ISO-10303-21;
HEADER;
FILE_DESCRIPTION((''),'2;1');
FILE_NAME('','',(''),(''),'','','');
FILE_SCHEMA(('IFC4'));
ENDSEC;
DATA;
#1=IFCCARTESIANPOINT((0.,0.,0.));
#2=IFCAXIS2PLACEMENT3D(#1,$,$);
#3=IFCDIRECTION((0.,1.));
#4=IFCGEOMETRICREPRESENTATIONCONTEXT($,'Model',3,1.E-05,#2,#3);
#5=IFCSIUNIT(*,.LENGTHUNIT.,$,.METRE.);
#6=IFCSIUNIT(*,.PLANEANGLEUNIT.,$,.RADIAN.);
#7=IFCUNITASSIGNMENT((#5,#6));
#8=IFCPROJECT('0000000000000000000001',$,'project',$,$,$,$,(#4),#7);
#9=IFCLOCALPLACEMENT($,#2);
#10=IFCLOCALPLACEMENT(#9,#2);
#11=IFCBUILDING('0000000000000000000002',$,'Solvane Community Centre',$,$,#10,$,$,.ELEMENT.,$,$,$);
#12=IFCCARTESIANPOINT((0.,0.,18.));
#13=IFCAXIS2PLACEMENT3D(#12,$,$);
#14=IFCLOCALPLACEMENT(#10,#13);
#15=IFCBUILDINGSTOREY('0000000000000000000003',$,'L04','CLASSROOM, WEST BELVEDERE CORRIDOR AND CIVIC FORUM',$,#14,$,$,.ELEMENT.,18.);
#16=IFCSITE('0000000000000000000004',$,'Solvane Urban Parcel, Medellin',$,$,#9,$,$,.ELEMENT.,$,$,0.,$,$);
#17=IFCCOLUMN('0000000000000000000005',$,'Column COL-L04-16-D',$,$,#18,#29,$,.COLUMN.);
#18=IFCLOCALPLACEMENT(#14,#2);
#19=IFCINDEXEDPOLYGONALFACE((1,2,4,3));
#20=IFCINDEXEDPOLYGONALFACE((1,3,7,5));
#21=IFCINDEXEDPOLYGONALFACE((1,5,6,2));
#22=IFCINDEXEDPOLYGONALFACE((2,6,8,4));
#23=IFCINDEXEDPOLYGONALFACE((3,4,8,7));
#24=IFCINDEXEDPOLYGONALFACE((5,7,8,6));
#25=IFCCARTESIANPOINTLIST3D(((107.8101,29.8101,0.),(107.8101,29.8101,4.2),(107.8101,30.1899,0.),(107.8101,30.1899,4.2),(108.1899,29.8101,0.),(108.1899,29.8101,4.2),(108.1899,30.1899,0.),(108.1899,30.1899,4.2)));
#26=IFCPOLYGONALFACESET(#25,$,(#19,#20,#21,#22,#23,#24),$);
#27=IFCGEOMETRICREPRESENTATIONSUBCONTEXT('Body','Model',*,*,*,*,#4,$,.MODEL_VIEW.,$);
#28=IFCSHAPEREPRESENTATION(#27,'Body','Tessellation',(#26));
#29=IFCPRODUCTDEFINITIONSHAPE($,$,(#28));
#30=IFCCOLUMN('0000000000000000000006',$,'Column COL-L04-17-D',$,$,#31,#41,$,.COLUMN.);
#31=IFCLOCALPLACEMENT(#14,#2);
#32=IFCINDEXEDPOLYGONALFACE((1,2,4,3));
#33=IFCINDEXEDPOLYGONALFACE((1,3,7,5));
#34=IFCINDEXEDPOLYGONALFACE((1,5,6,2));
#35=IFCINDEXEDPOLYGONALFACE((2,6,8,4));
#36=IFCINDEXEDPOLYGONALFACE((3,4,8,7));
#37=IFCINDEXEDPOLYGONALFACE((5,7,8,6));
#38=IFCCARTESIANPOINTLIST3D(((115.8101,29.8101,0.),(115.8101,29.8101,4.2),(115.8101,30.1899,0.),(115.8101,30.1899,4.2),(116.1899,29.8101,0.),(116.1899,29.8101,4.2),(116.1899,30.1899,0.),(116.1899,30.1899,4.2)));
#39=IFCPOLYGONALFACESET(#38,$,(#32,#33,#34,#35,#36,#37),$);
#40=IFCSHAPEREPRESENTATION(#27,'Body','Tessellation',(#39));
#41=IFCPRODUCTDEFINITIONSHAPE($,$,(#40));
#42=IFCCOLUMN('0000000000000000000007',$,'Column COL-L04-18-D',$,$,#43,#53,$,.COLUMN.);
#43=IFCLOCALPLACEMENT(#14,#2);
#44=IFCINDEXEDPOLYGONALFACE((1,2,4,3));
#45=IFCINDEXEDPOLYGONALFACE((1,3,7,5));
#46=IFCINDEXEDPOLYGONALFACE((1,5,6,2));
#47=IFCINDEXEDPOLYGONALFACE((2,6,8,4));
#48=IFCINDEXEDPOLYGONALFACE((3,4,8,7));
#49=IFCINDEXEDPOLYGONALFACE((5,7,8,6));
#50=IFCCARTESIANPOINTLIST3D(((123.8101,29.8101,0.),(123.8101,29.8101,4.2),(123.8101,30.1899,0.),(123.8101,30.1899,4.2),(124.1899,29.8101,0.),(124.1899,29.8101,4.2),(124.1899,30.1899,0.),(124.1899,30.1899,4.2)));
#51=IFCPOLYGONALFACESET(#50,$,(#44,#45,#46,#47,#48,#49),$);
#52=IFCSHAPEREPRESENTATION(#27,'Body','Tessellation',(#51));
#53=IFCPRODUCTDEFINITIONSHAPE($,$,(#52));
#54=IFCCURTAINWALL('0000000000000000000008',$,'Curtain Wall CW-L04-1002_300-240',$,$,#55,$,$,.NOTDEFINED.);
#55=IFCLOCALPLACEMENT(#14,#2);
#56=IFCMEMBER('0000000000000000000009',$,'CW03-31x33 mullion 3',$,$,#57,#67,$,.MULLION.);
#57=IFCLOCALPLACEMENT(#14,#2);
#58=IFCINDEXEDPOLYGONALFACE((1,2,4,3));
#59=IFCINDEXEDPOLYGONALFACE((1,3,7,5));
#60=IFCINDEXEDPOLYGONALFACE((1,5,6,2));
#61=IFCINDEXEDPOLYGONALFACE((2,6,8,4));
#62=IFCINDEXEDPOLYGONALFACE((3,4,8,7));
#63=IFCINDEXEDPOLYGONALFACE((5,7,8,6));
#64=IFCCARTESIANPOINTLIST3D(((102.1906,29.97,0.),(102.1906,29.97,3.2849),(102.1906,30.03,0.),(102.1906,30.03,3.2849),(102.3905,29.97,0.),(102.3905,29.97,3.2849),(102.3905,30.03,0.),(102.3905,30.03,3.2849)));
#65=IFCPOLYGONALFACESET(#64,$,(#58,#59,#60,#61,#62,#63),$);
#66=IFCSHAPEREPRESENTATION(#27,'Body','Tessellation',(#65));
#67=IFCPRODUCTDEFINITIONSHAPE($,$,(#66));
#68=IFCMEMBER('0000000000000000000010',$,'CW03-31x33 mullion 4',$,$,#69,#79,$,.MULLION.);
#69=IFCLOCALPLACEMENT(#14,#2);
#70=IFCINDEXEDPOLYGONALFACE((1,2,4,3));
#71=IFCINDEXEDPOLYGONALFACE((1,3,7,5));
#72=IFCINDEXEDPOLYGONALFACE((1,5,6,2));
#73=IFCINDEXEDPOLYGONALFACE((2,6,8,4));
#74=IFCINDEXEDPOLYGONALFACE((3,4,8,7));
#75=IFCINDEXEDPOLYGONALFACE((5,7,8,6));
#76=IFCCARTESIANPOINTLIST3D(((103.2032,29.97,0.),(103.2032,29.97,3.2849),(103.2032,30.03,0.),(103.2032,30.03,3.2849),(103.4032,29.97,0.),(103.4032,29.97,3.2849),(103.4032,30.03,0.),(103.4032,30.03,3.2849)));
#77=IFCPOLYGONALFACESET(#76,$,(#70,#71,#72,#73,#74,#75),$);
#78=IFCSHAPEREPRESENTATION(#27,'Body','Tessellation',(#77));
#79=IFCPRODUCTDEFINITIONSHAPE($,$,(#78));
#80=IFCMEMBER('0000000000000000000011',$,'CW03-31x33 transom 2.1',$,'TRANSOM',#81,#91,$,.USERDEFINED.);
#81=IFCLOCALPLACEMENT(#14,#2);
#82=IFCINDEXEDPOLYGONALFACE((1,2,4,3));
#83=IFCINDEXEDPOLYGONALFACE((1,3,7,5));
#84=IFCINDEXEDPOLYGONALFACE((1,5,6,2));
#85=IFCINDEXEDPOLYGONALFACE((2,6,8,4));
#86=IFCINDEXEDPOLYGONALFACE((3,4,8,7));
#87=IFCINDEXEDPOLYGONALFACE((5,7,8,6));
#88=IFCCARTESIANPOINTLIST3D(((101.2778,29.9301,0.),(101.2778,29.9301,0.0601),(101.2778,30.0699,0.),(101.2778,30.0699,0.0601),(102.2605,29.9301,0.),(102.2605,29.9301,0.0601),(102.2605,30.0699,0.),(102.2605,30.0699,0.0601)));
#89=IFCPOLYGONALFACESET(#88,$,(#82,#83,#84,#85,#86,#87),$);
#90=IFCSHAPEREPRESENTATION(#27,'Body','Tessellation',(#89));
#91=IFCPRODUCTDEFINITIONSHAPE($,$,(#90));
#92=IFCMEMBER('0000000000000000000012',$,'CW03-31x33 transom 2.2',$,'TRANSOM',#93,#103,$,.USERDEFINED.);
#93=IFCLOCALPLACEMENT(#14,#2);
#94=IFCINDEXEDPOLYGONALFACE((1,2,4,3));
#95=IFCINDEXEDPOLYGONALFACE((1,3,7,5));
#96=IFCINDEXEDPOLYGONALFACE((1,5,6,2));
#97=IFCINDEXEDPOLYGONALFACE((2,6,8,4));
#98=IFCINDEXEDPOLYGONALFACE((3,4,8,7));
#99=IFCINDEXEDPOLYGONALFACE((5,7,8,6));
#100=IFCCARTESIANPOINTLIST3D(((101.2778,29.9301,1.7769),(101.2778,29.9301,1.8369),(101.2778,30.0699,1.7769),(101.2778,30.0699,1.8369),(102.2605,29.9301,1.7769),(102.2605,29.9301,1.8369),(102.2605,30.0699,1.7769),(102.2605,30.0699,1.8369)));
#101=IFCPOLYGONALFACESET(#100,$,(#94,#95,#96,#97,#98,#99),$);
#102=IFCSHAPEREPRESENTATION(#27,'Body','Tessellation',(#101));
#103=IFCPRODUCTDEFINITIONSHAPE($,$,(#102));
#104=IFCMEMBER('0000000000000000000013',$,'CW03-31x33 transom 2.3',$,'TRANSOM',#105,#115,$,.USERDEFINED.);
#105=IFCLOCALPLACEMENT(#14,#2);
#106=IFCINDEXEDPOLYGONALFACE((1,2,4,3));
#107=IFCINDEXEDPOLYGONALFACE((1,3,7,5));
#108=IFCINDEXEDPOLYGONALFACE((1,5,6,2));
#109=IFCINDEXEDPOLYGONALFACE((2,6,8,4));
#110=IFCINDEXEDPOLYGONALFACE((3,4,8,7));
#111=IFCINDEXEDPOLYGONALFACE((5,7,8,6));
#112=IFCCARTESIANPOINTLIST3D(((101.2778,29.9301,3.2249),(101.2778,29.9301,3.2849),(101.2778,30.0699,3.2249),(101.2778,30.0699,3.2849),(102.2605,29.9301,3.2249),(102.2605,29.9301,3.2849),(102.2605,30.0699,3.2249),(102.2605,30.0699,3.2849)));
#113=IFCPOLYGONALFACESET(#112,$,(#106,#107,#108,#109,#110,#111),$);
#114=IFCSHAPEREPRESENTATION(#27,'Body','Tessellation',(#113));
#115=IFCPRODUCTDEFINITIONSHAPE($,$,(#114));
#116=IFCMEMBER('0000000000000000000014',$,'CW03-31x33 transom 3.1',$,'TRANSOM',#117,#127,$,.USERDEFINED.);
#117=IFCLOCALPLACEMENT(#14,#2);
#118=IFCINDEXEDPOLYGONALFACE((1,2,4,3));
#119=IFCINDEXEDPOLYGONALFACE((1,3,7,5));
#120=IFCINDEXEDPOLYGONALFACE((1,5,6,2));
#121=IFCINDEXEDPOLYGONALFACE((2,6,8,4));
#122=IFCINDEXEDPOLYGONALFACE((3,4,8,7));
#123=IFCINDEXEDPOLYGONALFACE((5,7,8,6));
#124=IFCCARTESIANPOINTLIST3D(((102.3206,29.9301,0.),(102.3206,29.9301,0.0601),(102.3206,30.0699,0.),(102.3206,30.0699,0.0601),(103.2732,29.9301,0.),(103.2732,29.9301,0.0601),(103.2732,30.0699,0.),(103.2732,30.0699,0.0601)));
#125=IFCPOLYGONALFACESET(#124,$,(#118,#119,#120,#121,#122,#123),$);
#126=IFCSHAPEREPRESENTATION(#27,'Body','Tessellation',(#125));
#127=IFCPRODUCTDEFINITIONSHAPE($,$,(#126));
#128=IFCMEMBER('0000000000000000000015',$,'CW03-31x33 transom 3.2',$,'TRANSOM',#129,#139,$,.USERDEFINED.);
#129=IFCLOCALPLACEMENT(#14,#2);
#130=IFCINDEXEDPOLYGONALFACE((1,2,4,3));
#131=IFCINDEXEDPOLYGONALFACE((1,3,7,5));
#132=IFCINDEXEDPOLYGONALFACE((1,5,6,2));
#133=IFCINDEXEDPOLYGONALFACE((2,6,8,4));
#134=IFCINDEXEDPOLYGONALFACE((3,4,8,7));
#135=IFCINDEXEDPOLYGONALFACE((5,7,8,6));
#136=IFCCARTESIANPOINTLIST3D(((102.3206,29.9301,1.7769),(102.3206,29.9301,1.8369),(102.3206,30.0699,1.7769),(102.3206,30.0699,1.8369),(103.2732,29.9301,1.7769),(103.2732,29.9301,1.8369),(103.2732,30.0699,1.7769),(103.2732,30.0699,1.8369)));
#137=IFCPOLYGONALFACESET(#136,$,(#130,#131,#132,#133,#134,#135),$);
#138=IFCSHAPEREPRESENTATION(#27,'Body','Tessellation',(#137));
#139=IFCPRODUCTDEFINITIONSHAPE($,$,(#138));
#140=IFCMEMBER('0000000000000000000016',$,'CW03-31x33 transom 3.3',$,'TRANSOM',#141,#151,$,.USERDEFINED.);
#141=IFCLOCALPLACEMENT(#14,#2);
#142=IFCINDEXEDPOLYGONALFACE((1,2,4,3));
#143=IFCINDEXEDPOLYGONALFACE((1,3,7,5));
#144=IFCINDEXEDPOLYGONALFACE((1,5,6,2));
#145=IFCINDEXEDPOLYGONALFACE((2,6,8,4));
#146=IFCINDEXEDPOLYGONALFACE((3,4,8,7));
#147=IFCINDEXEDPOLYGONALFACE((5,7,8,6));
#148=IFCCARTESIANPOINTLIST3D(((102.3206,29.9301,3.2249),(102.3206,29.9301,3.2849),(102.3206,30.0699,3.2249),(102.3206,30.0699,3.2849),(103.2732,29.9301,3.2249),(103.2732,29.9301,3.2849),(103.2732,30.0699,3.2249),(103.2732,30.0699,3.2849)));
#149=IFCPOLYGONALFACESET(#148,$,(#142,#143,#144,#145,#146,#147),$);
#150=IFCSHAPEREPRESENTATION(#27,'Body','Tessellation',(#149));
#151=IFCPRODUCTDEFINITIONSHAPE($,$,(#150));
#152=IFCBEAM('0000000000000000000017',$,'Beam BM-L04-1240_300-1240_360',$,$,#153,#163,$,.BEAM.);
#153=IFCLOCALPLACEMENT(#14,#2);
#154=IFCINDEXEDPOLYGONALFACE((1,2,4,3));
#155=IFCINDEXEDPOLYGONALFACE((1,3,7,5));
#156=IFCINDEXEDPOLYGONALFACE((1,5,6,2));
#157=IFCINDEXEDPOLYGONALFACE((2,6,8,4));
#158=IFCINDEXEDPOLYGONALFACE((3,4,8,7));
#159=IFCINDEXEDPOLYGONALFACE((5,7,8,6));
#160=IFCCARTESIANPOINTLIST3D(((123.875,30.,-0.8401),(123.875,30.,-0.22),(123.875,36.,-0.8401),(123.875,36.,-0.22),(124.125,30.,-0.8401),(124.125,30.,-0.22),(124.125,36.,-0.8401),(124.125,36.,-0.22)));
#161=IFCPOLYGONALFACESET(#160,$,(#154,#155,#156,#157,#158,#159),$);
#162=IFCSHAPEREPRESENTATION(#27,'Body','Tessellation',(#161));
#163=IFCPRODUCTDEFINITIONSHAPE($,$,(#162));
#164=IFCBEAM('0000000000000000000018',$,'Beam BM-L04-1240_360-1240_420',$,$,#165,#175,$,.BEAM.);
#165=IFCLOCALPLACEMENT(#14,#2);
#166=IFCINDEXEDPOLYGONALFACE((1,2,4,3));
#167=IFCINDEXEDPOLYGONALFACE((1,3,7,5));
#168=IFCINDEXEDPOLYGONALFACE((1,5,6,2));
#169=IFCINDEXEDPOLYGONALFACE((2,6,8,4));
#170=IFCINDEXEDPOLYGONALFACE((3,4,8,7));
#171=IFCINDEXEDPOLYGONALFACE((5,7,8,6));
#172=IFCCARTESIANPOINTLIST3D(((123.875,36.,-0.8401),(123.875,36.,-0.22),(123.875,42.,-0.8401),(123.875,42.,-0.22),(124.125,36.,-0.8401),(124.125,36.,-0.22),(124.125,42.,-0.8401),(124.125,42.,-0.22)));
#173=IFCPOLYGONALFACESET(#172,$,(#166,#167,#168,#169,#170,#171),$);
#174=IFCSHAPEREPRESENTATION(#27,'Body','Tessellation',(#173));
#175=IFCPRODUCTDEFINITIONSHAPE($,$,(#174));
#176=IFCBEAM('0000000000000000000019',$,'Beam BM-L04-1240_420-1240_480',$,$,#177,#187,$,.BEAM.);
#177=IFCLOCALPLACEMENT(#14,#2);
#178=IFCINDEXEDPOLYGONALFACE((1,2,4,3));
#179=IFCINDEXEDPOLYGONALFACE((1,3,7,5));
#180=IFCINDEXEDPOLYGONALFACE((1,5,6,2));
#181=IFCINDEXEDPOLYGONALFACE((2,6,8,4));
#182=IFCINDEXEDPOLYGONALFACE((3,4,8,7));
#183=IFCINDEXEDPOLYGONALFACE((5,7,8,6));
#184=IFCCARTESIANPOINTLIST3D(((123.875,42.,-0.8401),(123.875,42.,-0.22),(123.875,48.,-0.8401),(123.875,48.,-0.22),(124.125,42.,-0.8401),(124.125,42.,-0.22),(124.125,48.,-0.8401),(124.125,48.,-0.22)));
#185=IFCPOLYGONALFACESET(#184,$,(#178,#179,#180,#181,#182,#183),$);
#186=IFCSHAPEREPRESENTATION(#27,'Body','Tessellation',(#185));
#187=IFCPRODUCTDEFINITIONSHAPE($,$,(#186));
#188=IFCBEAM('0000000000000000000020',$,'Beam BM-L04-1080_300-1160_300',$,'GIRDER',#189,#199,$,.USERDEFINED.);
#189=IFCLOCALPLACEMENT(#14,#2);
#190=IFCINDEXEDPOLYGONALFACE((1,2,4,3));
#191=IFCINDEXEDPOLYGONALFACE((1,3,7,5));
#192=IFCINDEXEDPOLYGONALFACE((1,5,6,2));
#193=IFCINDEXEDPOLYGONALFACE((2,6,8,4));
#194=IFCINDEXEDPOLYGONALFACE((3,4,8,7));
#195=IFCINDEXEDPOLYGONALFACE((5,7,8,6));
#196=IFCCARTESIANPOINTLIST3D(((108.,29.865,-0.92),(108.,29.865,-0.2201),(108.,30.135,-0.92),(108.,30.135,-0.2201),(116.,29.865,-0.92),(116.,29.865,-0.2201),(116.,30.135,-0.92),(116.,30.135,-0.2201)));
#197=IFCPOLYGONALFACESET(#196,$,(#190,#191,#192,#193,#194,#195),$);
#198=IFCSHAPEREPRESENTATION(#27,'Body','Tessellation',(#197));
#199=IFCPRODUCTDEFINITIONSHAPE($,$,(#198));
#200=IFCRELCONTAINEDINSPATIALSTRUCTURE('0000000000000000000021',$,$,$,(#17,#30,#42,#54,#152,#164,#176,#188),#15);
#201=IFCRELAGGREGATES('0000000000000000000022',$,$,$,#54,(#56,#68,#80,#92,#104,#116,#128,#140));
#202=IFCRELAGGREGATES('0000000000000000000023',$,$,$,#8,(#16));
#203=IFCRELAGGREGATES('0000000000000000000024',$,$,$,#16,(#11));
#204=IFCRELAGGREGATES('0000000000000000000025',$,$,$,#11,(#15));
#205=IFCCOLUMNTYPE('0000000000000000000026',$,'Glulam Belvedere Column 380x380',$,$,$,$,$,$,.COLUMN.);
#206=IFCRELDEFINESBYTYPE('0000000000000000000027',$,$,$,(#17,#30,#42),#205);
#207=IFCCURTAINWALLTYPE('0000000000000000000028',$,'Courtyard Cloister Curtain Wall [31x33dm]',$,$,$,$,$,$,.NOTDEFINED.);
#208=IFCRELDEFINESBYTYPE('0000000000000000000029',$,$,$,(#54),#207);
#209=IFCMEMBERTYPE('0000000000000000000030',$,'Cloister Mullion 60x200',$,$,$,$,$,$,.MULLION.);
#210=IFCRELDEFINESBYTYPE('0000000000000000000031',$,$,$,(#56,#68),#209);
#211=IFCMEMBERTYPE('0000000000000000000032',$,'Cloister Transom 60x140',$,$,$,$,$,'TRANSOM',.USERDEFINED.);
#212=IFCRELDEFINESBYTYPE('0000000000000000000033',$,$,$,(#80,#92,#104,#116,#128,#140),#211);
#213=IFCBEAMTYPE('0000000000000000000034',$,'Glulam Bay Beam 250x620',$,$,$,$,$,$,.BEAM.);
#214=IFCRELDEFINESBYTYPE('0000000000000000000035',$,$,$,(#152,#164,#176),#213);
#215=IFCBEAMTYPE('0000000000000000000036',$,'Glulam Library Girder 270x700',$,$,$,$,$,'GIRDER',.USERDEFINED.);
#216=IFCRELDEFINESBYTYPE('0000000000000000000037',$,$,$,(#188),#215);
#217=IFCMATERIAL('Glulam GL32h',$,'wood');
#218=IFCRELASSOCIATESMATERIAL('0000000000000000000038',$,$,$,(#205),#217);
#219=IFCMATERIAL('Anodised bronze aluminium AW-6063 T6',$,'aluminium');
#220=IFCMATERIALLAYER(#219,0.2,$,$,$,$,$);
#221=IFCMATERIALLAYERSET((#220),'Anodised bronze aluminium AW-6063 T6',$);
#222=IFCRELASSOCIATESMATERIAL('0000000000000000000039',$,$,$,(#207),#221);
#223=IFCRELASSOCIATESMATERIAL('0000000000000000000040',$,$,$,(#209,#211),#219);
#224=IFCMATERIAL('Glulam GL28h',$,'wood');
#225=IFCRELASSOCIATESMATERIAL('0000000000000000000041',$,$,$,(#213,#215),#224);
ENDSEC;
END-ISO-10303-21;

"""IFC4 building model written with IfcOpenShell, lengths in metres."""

from ifc_helpers import new_model, si_unit, direction, frame, origin, origin_2d, place, context, subcontext, project, spatial, rectangle, extrude, material, layer, layer_set, material_profile, profile_set, type_object, element, aggregate, save


model = new_model("IFC4")

# Units and contexts
model_context = context("Model", 3, precision=1e-05, world=origin(), true_north=direction((0.0, 1.0)))
body_context = subcontext(model_context, "Body", "Model", "MODEL_VIEW")
ifc_project = project(units=[si_unit("LENGTHUNIT", "METRE"), si_unit("PLANEANGLEUNIT", "RADIAN")], contexts=[model_context])

# Site, building, storey
site_placement = place(None, origin())
site = spatial("IfcSite", under=ifc_project, at=site_placement, Name="Solvane Urban Parcel, Medellin", CompositionType="ELEMENT", RefElevation=0.0)
building_placement = place(site_placement, origin())
building = spatial("IfcBuilding", under=site, at=building_placement, Name="Solvane Community Centre", CompositionType="ELEMENT")
storey_placement = place(building_placement, frame((0.0, 0.0, 18.0)))
storey = spatial("IfcBuildingStorey", under=building, at=storey_placement, Name="L04", Description="CLASSROOM, WEST BELVEDERE CORRIDOR AND CIVIC FORUM", CompositionType="ELEMENT", Elevation=18.0)

# Columns
ifc_material_1 = material(Name="Glulam GL32h", Category="wood")
ifc_material_profile_1 = material_profile(ifc_material_1, rectangle(XDim=0.3799, YDim=0.3799, at=origin_2d()), Name="GL32h 380x380")
ifc_profile_set_1 = profile_set([ifc_material_profile_1], Name="Glulam GL32h")
column_type = type_object("IfcColumnType", Name="Glulam Belvedere Column 380x380", PredefinedType="COLUMN", material=ifc_profile_set_1)
for number, where, z_axis, x_axis, name in (
    (1, (108.0, 30.0, 0.0), (0.0, 0.0, 1.0), (1.0, 0.0, 0.0), "Column COL-L04-16-D"),
    (2, (116.0, 30.0, 0.0), (0.0, 0.0, 1.0), (1.0, 0.0, 0.0), "Column COL-L04-17-D"),
    (3, (124.0, 30.0, 0.0), (0.0, 0.0, 1.0), (1.0, 0.0, 0.0), "Column COL-L04-18-D"),
):
    element("IfcColumn", number, at=place(storey_placement, frame(where, z_axis=z_axis, x_axis=x_axis)), inside=storey, type_object=column_type, Name=name, PredefinedType="COLUMN", context=body_context, shape_type="SweptSolid", body=[
        extrude(rectangle(XDim=0.3799, YDim=0.3799, at=origin_2d()), origin(), (0.0, 0.0, 1.0), 4.2),
    ])

# Curtain wall, members
ifc_material_2 = material(Name="Anodised bronze aluminium AW-6063 T6", Category="aluminium")
ifc_layer_1 = layer(ifc_material_2, 0.2)
ifc_layer_set_1 = layer_set([ifc_layer_1], Name="Anodised bronze aluminium AW-6063 T6")
curtain_wall_type = type_object("IfcCurtainWallType", Name="Courtyard Cloister Curtain Wall [31x33dm]", PredefinedType="NOTDEFINED", material=ifc_layer_set_1)
curtain_wall_placement = place(storey_placement, origin())
curtain_wall = element("IfcCurtainWall", 4, at=curtain_wall_placement, inside=storey, type_object=curtain_wall_type, Name="Curtain Wall CW-L04-1002_300-240", PredefinedType="NOTDEFINED")
ifc_material_profile_2 = material_profile(ifc_material_2, rectangle(XDim=0.0601, YDim=0.2, at=origin_2d()), Name="CW-M 60x200")
ifc_profile_set_2 = profile_set([ifc_material_profile_2], Name="Anodised bronze aluminium AW-6063 T6")
member_type_1 = type_object("IfcMemberType", Name="Cloister Mullion 60x200", PredefinedType="MULLION", material=ifc_profile_set_2)
member_1_placement = place(storey_placement, frame((102.2905, 30.0, 0.0), z_axis=(0.0, 0.0, 1.0), x_axis=(0.0, 1.0, 0.0)))
member_1 = element("IfcMember", 5, at=member_1_placement, type_object=member_type_1, Name="CW03-31x33 mullion 3", PredefinedType="MULLION", context=body_context, shape_type="SweptSolid", body=[
    extrude(rectangle(XDim=0.0601, YDim=0.2, at=origin_2d()), origin(), (0.0, 0.0, 1.0), 3.2849),
])
member_2_placement = place(storey_placement, frame((103.3032, 30.0, 0.0), z_axis=(0.0, 0.0, 1.0), x_axis=(0.0, 1.0, 0.0)))
member_2 = element("IfcMember", 6, at=member_2_placement, type_object=member_type_1, Name="CW03-31x33 mullion 4", PredefinedType="MULLION", context=body_context, shape_type="SweptSolid", body=[
    extrude(rectangle(XDim=0.0601, YDim=0.2, at=origin_2d()), origin(), (0.0, 0.0, 1.0), 3.2849),
])
ifc_material_profile_3 = material_profile(ifc_material_2, rectangle(XDim=0.1399, YDim=0.0601, at=origin_2d()), Name="CW-T 60x140")
ifc_profile_set_3 = profile_set([ifc_material_profile_3], Name="Anodised bronze aluminium AW-6063 T6")
member_type_2 = type_object("IfcMemberType", Name="Cloister Transom 60x140", ElementType="TRANSOM", PredefinedType="USERDEFINED", material=ifc_profile_set_3)
member_3_placement = place(storey_placement, frame((101.2778, 30.0, 0.03), z_axis=(1.0, 0.0, 0.0), x_axis=(0.0, 1.0, 0.0)))
member_3 = element("IfcMember", 7, at=member_3_placement, type_object=member_type_2, Name="CW03-31x33 transom 2.1", ObjectType="TRANSOM", PredefinedType="USERDEFINED", context=body_context, shape_type="SweptSolid", body=[
    extrude(rectangle(XDim=0.1399, YDim=0.0601, at=origin_2d()), origin(), (0.0, 0.0, 1.0), 0.9827),
])
member_4_placement = place(storey_placement, frame((101.2778, 30.0, 1.8069), z_axis=(1.0, 0.0, 0.0), x_axis=(0.0, 1.0, 0.0)))
member_4 = element("IfcMember", 8, at=member_4_placement, type_object=member_type_2, Name="CW03-31x33 transom 2.2", ObjectType="TRANSOM", PredefinedType="USERDEFINED", context=body_context, shape_type="SweptSolid", body=[
    extrude(rectangle(XDim=0.1399, YDim=0.0601, at=origin_2d()), origin(), (0.0, 0.0, 1.0), 0.9827),
])
member_5_placement = place(storey_placement, frame((101.2778, 30.0, 3.2549), z_axis=(1.0, 0.0, 0.0), x_axis=(0.0, 1.0, 0.0)))
member_5 = element("IfcMember", 9, at=member_5_placement, type_object=member_type_2, Name="CW03-31x33 transom 2.3", ObjectType="TRANSOM", PredefinedType="USERDEFINED", context=body_context, shape_type="SweptSolid", body=[
    extrude(rectangle(XDim=0.1399, YDim=0.0601, at=origin_2d()), origin(), (0.0, 0.0, 1.0), 0.9827),
])
member_6_placement = place(storey_placement, frame((102.3206, 30.0, 0.03), z_axis=(1.0, 0.0, 0.0), x_axis=(0.0, 1.0, 0.0)))
member_6 = element("IfcMember", 10, at=member_6_placement, type_object=member_type_2, Name="CW03-31x33 transom 3.1", ObjectType="TRANSOM", PredefinedType="USERDEFINED", context=body_context, shape_type="SweptSolid", body=[
    extrude(rectangle(XDim=0.1399, YDim=0.0601, at=origin_2d()), origin(), (0.0, 0.0, 1.0), 0.9526),
])
member_7_placement = place(storey_placement, frame((102.3206, 30.0, 1.8069), z_axis=(1.0, 0.0, 0.0), x_axis=(0.0, 1.0, 0.0)))
member_7 = element("IfcMember", 11, at=member_7_placement, type_object=member_type_2, Name="CW03-31x33 transom 3.2", ObjectType="TRANSOM", PredefinedType="USERDEFINED", context=body_context, shape_type="SweptSolid", body=[
    extrude(rectangle(XDim=0.1399, YDim=0.0601, at=origin_2d()), origin(), (0.0, 0.0, 1.0), 0.9526),
])
member_8_placement = place(storey_placement, frame((102.3206, 30.0, 3.2549), z_axis=(1.0, 0.0, 0.0), x_axis=(0.0, 1.0, 0.0)))
member_8 = element("IfcMember", 12, at=member_8_placement, type_object=member_type_2, Name="CW03-31x33 transom 3.3", ObjectType="TRANSOM", PredefinedType="USERDEFINED", context=body_context, shape_type="SweptSolid", body=[
    extrude(rectangle(XDim=0.1399, YDim=0.0601, at=origin_2d()), origin(), (0.0, 0.0, 1.0), 0.9526),
])

# Beams
ifc_material_3 = material(Name="Glulam GL28h", Category="wood")
ifc_material_profile_4 = material_profile(ifc_material_3, rectangle(XDim=0.25, YDim=0.6201, at=origin_2d()), Name="GL28h 250x620")
ifc_profile_set_4 = profile_set([ifc_material_profile_4], Name="Glulam GL28h")
beam_type_1 = type_object("IfcBeamType", Name="Glulam Bay Beam 250x620", PredefinedType="BEAM", material=ifc_profile_set_4)
for number, where, z_axis, x_axis, name in (
    (13, (124.0, 30.0, -0.53), (0.0, 1.0, 0.0), (-1.0, 0.0, 0.0), "Beam BM-L04-1240_300-1240_360"),
    (14, (124.0, 36.0, -0.53), (0.0, 1.0, 0.0), (-1.0, 0.0, 0.0), "Beam BM-L04-1240_360-1240_420"),
    (15, (124.0, 42.0, -0.53), (0.0, 1.0, 0.0), (-1.0, 0.0, 0.0), "Beam BM-L04-1240_420-1240_480"),
):
    element("IfcBeam", number, at=place(storey_placement, frame(where, z_axis=z_axis, x_axis=x_axis)), inside=storey, type_object=beam_type_1, Name=name, PredefinedType="BEAM", context=body_context, shape_type="SweptSolid", body=[
        extrude(rectangle(XDim=0.25, YDim=0.6201, at=origin_2d()), origin(), (0.0, 0.0, 1.0), 6.0),
    ])
ifc_material_profile_5 = material_profile(ifc_material_3, rectangle(XDim=0.27, YDim=0.7, at=origin_2d()), Name="GL28h 270x700")
ifc_profile_set_5 = profile_set([ifc_material_profile_5], Name="Glulam GL28h")
beam_type_2 = type_object("IfcBeamType", Name="Glulam Library Girder 270x700", ElementType="GIRDER", PredefinedType="USERDEFINED", material=ifc_profile_set_5)
for number, where, z_axis, x_axis, name in (
    (16, (108.0, 30.0, -0.5701), (1.0, 0.0, 0.0), (0.0, 1.0, 0.0), "Beam BM-L04-1080_300-1160_300"),
):
    element("IfcBeam", number, at=place(storey_placement, frame(where, z_axis=z_axis, x_axis=x_axis)), inside=storey, type_object=beam_type_2, Name=name, ObjectType="GIRDER", PredefinedType="USERDEFINED", context=body_context, shape_type="SweptSolid", body=[
        extrude(rectangle(XDim=0.27, YDim=0.7, at=origin_2d()), origin(), (0.0, 0.0, 1.0), 8.0),
    ])

aggregate(curtain_wall, [member_1, member_2, member_3, member_4, member_5, member_6, member_7, member_8])

save(model, "model.ifc")
